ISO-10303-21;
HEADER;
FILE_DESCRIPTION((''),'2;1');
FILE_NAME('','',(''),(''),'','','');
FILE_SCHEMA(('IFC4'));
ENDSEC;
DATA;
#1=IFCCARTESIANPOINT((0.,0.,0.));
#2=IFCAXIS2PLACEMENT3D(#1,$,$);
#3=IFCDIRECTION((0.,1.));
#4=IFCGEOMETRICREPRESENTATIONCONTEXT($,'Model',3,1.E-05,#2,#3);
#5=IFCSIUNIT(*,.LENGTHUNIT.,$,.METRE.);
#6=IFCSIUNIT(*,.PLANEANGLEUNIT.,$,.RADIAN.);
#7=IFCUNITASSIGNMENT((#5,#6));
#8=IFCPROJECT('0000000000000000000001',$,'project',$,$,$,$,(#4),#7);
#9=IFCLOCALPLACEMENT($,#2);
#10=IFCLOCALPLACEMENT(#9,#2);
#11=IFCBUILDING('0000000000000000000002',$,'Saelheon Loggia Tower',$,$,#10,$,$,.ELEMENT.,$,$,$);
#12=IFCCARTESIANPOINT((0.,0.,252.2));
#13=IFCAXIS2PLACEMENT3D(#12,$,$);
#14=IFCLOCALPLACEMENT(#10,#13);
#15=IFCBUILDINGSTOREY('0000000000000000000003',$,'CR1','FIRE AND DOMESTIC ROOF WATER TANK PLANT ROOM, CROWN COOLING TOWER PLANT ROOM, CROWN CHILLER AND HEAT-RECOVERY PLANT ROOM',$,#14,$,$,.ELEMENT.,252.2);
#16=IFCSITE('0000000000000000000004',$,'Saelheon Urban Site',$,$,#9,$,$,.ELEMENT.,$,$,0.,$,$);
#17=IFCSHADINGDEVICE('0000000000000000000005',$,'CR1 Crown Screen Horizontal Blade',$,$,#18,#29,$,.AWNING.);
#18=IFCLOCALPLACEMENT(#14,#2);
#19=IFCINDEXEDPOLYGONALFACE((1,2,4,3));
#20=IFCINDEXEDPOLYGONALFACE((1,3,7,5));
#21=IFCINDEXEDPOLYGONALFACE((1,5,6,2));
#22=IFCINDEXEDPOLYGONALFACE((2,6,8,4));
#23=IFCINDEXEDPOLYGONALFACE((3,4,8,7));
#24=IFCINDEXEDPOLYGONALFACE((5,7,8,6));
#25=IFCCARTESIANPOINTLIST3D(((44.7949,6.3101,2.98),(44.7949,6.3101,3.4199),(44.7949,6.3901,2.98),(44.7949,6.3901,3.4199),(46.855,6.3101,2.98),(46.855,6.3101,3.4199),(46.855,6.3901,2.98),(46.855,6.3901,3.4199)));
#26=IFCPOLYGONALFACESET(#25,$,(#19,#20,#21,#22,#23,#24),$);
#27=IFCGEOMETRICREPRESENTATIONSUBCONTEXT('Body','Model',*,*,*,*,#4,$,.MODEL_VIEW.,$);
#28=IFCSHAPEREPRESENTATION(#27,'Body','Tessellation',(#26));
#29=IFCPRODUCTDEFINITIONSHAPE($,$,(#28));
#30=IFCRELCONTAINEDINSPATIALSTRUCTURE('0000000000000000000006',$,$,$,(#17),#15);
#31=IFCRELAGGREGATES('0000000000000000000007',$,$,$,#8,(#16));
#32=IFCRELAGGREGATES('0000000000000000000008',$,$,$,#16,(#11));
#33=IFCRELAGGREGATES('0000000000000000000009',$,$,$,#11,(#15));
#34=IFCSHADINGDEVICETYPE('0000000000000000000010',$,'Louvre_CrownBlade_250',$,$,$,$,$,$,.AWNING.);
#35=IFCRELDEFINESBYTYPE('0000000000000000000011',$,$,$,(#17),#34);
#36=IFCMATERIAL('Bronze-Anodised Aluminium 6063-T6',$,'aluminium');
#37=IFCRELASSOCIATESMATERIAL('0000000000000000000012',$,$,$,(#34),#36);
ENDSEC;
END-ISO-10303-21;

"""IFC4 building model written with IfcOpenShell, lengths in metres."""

from ifc_helpers import new_model, si_unit, direction, frame, origin, origin_2d, place, context, subcontext, project, spatial, rectangle, extrude, source, transform, mapped, material, material_profile, profile_set, type_object, element, save


model = new_model("IFC4")

# Units and contexts
model_context = context("Model", 3, precision=1e-05, world=origin(), true_north=direction((0.0, 1.0)))
body_context = subcontext(model_context, "Body", "Model", "MODEL_VIEW")
ifc_project = project(units=[si_unit("LENGTHUNIT", "METRE"), si_unit("PLANEANGLEUNIT", "RADIAN")], contexts=[model_context])

# Site, building, storey
site_placement = place(None, origin())
site = spatial("IfcSite", under=ifc_project, at=site_placement, Name="Saelheon Urban Site", CompositionType="ELEMENT", RefElevation=0.0)
building_placement = place(site_placement, origin())
building = spatial("IfcBuilding", under=site, at=building_placement, Name="Saelheon Loggia Tower", CompositionType="ELEMENT")
storey_placement = place(building_placement, frame((0.0, 0.0, 252.2)))
storey = spatial("IfcBuildingStorey", under=building, at=storey_placement, Name="CR1", Description="FIRE AND DOMESTIC ROOF WATER TANK PLANT ROOM, CROWN COOLING TOWER PLANT ROOM, CROWN CHILLER AND HEAT-RECOVERY PLANT ROOM", CompositionType="ELEMENT", Elevation=252.2)

# Shared definitions
ifc_material_1 = material(Name="Bronze-Anodised Aluminium 6063-T6", Category="aluminium")

# Shading device
ifc_material_profile_1 = material_profile(ifc_material_1, rectangle(XDim=0.0801, YDim=0.4399, at=origin_2d()), Name="Louvre_CrownBlade_250")
ifc_profile_set_1 = profile_set([ifc_material_profile_1], Name="Bronze-Anodised Aluminium 6063-T6")
shading_device_type = type_object("IfcShadingDeviceType", Name="Louvre_CrownBlade_250", PredefinedType="AWNING", material=ifc_profile_set_1)
shared_shape_1 = source(origin(), body_context, "Body", "SweptSolid", [
    extrude(rectangle(XDim=0.0801, YDim=0.4399, at=origin_2d()), origin(), (0.0, 0.0, 1.0), 2.0601),
])
for number, where, z_axis, x_axis, name in (
    (1, (44.7949, 6.3501, 3.2), (1.0, 0.0, 0.0), (0.0, 1.0, 0.0), "CR1 Crown Screen Horizontal Blade"),
):
    element("IfcShadingDevice", number, at=place(storey_placement, frame(where, z_axis=z_axis, x_axis=x_axis)), inside=storey, type_object=shading_device_type, Name=name, PredefinedType="AWNING", context=body_context, shape_type="MappedRepresentation", body=[
        mapped(shared_shape_1, transform((0.0, 0.0, 0.0), scale=1.0)),
    ])

save(model, "model.ifc")
